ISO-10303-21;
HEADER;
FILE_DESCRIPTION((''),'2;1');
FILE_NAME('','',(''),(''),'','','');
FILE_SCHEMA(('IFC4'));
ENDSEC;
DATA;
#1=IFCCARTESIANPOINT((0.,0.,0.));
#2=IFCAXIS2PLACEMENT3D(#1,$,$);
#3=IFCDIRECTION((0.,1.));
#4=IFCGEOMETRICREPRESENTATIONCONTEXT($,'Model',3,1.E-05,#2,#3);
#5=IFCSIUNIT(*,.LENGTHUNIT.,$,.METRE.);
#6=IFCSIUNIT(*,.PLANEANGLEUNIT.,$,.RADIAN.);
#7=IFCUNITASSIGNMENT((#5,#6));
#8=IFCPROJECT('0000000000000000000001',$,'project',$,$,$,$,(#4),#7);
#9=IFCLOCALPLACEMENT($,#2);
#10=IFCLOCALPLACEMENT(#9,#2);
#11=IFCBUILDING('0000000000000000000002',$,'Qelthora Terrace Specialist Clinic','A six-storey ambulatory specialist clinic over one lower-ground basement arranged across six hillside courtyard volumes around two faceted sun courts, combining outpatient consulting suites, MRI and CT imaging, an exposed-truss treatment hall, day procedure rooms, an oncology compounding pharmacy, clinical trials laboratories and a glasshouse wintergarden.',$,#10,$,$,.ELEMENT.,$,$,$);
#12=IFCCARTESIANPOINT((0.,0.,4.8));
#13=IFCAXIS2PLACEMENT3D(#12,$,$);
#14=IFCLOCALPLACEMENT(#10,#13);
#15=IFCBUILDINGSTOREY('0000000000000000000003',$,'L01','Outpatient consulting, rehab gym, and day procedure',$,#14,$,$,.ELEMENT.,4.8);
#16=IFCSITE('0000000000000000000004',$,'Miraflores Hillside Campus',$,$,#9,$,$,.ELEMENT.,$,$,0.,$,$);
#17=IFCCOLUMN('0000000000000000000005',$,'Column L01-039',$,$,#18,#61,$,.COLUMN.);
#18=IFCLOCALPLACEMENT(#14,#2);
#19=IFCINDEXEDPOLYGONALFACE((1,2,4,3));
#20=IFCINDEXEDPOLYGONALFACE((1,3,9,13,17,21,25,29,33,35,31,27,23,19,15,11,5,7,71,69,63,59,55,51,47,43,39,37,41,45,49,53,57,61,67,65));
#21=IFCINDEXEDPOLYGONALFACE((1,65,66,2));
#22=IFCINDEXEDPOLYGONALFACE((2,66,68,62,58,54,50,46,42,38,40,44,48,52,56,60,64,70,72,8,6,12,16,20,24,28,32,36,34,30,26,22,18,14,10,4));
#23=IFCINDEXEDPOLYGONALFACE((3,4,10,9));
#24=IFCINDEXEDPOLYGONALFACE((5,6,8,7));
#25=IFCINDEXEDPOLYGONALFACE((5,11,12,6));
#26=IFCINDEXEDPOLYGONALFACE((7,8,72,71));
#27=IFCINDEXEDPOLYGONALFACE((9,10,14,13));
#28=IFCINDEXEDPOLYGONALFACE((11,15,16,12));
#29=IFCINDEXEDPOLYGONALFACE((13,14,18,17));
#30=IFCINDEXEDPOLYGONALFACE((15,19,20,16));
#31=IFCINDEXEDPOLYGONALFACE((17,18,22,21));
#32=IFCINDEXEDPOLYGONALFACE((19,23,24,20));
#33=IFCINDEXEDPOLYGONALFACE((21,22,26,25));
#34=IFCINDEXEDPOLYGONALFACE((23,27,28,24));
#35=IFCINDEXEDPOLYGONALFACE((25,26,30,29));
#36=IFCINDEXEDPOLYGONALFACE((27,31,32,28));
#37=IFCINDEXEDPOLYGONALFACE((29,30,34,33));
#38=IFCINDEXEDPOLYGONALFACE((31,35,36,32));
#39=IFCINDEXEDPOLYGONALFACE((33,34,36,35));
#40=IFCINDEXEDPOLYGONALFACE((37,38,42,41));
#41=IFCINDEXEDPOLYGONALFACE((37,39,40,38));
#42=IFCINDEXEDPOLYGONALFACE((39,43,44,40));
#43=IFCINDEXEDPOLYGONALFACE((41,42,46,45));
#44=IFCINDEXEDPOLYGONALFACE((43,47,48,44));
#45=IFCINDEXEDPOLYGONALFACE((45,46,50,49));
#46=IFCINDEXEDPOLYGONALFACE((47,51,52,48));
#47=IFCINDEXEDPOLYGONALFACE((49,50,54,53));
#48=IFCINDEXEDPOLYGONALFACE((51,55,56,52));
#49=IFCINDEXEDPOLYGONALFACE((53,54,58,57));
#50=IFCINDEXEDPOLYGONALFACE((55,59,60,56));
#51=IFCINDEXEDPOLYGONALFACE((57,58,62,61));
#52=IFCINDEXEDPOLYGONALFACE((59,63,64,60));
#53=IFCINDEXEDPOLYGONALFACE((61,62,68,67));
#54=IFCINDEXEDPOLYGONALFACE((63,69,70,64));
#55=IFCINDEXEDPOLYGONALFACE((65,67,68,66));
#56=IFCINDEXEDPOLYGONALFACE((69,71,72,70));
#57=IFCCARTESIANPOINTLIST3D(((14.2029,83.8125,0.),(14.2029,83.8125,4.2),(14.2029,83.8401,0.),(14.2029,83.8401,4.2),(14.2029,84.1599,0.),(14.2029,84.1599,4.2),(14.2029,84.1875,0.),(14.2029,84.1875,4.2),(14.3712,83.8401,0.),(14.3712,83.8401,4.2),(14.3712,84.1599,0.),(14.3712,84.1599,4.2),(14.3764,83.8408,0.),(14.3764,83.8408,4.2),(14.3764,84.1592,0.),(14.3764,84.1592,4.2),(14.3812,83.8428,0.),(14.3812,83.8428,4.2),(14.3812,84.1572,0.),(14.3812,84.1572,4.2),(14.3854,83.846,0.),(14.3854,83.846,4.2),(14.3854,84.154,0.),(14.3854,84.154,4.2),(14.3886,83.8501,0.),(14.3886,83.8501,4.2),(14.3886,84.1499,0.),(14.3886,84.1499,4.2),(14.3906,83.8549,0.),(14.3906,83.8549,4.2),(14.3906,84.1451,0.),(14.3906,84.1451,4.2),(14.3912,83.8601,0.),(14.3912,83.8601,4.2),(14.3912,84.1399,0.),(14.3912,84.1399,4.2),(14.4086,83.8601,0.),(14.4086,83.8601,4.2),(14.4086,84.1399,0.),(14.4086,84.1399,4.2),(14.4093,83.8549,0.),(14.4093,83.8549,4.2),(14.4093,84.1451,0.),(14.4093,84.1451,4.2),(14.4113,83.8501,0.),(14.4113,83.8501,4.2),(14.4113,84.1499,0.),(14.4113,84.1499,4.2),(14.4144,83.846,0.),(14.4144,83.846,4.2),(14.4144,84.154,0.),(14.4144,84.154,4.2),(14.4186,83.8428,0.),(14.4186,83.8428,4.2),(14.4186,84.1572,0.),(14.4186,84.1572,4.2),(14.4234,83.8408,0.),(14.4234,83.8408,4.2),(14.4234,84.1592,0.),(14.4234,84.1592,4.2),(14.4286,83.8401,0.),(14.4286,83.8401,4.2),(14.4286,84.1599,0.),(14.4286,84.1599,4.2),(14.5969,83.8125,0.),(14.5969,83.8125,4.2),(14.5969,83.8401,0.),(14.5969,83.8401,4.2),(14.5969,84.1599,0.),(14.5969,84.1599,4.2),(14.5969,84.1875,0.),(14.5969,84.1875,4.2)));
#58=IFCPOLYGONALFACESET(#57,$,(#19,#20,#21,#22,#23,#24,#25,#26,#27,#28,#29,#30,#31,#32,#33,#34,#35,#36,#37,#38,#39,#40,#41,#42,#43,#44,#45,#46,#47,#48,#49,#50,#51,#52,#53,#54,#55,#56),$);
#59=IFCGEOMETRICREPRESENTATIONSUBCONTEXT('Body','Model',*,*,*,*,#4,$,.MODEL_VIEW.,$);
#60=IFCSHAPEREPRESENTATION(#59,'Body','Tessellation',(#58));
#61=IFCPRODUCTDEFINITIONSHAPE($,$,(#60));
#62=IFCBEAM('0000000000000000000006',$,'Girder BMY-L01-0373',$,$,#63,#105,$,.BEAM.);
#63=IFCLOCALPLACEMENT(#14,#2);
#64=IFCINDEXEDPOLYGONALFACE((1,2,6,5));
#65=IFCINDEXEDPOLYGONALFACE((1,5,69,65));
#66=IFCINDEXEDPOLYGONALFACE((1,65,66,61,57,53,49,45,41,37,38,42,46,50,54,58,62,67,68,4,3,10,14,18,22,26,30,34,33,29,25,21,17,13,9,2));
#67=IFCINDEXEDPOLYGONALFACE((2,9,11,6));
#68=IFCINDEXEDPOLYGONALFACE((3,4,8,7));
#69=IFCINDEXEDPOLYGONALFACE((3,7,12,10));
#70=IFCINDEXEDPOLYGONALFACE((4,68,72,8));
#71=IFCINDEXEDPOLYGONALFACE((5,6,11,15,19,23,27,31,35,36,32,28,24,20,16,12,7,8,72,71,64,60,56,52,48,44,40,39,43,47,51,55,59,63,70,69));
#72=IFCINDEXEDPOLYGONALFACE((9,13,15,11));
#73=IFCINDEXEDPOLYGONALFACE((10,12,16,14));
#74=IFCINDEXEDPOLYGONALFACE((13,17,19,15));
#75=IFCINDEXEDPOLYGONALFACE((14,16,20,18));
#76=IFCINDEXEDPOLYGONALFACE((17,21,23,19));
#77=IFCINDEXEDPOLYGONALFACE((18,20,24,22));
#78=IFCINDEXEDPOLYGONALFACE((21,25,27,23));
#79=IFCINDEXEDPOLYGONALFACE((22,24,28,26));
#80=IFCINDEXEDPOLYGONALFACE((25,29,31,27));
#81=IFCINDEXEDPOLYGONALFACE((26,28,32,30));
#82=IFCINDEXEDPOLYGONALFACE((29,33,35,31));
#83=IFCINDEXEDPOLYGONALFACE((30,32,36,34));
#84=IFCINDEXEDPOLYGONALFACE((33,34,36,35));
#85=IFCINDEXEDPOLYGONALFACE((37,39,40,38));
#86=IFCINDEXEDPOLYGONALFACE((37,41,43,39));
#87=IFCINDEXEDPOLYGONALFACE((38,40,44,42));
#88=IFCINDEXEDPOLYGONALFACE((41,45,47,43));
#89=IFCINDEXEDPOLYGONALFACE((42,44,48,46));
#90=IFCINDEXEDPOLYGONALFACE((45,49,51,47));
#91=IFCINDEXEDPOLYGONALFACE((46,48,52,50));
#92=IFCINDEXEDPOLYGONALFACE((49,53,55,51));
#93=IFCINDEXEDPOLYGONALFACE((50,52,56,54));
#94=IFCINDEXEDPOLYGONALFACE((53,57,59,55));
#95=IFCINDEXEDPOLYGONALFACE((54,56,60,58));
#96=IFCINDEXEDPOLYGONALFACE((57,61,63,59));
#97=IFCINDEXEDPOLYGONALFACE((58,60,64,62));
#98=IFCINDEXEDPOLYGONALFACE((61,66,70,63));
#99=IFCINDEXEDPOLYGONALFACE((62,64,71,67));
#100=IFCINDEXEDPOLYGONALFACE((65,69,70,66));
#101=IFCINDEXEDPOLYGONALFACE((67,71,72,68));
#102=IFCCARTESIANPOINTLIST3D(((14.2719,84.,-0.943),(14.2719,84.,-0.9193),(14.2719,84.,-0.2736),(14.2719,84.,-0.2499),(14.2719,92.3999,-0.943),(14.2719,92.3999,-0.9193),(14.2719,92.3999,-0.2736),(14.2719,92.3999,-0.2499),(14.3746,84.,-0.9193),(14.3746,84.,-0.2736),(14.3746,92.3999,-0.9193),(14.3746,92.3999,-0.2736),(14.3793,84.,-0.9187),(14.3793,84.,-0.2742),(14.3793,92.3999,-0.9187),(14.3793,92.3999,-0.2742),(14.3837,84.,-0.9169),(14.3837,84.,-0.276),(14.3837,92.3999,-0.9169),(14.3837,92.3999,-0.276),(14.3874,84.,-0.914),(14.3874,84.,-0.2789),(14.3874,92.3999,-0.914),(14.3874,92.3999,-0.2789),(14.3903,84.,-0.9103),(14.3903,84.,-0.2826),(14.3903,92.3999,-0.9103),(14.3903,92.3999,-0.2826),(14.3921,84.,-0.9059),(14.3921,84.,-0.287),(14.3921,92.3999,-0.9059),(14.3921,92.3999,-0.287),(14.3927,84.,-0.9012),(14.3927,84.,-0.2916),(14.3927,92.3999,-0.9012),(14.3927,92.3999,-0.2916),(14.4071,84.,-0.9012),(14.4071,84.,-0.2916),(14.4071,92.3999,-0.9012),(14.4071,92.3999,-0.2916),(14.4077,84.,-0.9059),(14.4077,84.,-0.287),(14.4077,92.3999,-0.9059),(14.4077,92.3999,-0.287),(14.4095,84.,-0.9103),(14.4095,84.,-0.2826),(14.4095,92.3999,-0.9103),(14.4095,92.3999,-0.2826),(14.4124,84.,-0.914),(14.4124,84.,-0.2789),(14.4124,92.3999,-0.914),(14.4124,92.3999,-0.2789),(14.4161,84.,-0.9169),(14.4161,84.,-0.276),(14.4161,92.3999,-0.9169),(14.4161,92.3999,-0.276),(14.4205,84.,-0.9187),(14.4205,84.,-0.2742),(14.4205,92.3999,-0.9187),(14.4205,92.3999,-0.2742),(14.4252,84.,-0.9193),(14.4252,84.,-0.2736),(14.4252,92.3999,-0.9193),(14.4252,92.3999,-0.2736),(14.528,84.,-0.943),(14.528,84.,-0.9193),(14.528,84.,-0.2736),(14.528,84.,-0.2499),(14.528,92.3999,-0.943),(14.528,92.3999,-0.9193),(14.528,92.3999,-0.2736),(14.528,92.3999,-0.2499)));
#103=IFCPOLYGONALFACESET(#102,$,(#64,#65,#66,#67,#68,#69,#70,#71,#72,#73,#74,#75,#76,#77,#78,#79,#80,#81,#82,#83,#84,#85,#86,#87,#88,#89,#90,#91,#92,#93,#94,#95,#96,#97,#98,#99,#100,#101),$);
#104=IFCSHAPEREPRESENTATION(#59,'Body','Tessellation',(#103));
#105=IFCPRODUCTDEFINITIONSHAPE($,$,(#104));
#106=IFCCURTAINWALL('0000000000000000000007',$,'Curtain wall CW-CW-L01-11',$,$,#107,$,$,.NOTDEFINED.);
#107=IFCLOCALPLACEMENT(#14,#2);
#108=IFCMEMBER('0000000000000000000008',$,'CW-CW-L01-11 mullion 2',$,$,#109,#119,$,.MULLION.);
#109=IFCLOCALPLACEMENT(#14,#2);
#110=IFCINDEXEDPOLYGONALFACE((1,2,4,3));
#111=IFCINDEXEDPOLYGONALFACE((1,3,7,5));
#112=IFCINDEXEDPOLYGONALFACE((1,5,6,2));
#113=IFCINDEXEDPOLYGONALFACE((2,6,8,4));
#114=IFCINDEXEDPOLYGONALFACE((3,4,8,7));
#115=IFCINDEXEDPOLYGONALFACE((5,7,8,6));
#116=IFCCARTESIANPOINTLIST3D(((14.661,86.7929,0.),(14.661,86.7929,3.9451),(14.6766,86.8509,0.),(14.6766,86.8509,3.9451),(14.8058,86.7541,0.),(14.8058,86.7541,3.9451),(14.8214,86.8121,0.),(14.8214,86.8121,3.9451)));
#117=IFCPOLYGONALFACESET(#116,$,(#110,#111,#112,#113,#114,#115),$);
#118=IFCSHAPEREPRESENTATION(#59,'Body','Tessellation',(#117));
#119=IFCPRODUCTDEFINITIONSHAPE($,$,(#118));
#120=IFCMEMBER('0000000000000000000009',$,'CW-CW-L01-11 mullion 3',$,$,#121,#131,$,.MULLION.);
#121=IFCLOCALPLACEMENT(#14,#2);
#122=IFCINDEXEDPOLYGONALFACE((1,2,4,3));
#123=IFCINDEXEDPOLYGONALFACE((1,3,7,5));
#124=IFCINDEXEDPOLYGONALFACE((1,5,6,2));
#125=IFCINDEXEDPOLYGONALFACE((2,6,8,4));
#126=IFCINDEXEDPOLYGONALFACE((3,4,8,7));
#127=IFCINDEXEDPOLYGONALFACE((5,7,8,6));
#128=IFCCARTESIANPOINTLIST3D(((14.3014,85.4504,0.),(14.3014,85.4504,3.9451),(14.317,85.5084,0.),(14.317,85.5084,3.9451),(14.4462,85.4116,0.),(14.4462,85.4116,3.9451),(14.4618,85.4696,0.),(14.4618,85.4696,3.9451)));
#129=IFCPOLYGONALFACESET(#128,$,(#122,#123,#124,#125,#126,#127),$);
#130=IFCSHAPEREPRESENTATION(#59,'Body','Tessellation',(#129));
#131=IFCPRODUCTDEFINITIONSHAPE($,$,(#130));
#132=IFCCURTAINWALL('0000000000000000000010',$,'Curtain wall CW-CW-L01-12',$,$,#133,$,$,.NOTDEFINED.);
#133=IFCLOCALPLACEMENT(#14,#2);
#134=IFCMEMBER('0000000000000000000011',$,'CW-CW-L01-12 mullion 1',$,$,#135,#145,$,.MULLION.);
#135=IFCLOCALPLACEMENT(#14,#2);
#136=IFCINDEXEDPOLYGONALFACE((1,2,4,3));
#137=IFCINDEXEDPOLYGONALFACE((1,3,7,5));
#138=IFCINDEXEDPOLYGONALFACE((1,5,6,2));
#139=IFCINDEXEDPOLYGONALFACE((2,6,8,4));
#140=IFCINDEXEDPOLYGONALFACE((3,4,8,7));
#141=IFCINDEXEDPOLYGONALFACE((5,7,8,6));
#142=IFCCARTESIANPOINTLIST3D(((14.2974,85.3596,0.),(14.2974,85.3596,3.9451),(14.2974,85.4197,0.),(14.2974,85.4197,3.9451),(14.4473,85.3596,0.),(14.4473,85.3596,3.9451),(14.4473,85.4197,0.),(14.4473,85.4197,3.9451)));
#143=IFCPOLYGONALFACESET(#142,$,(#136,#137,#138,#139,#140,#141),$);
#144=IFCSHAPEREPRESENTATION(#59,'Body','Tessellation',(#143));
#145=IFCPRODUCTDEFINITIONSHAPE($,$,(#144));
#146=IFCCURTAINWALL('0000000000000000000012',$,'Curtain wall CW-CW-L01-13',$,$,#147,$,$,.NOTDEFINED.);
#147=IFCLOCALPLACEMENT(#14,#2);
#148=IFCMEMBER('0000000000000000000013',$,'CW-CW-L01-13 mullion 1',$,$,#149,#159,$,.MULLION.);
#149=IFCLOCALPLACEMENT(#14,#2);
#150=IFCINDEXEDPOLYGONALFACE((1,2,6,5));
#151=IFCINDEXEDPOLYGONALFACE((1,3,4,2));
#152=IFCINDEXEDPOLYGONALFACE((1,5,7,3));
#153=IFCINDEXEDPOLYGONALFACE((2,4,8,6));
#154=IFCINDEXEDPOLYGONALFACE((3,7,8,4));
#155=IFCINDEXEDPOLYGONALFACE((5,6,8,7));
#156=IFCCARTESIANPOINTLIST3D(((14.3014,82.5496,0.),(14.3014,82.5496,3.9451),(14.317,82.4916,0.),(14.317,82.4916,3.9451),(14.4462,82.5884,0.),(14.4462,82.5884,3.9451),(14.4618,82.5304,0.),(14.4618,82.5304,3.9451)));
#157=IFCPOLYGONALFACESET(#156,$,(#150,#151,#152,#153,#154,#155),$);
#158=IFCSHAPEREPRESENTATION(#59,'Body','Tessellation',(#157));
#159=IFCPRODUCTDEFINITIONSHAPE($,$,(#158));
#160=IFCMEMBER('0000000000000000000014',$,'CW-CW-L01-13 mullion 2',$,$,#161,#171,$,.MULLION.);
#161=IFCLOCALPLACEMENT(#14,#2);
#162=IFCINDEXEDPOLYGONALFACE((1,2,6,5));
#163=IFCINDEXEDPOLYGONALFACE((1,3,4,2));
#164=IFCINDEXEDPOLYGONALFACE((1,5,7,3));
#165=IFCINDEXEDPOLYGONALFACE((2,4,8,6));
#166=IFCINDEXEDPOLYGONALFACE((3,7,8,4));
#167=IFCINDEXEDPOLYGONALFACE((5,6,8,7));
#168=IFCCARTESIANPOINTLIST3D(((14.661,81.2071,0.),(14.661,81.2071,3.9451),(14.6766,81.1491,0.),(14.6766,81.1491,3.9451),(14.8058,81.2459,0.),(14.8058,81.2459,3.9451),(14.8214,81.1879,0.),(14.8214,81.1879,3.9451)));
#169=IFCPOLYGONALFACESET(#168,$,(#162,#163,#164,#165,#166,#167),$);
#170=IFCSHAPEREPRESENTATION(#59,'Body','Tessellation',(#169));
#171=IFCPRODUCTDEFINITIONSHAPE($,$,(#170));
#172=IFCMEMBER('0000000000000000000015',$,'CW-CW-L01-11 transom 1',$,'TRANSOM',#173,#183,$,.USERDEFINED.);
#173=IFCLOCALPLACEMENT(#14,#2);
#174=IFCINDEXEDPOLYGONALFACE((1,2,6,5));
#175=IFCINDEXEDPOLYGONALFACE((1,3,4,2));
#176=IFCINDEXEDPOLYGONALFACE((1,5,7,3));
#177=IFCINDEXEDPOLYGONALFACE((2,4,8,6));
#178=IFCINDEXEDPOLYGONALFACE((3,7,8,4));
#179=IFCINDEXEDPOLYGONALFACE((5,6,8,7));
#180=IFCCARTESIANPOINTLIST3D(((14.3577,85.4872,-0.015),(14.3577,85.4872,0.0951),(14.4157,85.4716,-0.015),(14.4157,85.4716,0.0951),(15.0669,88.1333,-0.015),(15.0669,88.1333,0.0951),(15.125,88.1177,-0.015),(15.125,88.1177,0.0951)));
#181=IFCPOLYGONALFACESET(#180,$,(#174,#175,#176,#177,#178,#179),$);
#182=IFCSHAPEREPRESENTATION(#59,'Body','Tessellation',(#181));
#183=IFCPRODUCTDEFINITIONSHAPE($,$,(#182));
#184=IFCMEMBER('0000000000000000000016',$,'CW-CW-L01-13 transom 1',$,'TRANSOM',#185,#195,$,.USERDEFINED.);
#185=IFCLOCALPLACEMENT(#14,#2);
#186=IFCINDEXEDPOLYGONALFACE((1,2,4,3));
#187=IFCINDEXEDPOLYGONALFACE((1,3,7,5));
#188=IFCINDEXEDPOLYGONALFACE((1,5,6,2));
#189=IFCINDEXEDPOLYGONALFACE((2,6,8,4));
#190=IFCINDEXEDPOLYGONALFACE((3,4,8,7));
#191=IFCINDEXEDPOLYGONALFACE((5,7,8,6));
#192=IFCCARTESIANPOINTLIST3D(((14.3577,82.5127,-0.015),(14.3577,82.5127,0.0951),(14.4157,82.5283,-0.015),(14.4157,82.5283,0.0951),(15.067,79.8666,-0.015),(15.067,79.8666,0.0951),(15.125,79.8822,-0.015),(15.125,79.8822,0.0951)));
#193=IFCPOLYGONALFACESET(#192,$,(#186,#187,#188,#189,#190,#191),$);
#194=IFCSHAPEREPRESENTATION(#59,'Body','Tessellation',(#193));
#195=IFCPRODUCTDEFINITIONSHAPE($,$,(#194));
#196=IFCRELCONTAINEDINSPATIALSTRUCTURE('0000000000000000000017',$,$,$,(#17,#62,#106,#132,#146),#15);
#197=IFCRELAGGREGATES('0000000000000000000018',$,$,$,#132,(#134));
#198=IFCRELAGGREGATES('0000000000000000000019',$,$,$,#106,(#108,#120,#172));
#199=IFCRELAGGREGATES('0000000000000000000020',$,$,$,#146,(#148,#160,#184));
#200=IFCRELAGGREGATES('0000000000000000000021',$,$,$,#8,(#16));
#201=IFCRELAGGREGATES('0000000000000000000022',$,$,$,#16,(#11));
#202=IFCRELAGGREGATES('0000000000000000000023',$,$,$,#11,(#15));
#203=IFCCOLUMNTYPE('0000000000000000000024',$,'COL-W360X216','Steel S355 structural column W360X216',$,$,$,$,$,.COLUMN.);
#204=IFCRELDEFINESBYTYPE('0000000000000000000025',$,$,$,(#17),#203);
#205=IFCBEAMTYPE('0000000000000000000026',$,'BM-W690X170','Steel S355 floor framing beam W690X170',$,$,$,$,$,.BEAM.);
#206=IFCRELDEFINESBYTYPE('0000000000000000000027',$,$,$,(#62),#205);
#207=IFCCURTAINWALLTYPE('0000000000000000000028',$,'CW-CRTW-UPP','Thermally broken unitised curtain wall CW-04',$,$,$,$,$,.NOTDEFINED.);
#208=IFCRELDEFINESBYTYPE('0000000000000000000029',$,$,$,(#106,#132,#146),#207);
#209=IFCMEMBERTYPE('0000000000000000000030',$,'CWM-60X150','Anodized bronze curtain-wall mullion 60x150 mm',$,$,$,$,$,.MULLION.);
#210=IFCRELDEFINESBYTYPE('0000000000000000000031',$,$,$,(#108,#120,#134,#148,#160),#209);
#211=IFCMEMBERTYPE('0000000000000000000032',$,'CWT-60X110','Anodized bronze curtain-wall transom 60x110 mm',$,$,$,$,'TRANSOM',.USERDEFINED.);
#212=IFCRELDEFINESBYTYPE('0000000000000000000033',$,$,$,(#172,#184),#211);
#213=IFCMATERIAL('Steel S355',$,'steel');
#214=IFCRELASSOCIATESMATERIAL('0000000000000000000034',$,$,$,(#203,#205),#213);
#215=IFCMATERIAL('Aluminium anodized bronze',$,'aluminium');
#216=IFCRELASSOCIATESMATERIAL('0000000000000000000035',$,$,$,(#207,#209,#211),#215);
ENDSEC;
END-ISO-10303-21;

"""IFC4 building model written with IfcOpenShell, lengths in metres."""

from ifc_helpers import new_model, si_unit, direction, frame, origin, origin_2d, place, context, subcontext, project, spatial, rectangle, i_section, extrude, material, material_profile, profile_set, type_object, element, aggregate, save


model = new_model("IFC4")

# Units and contexts
model_context = context("Model", 3, precision=1e-05, world=origin(), true_north=direction((0.0, 1.0)))
body_context = subcontext(model_context, "Body", "Model", "MODEL_VIEW")
ifc_project = project(units=[si_unit("LENGTHUNIT", "METRE"), si_unit("PLANEANGLEUNIT", "RADIAN")], contexts=[model_context])

# Site, building, storey
site_placement = place(None, origin())
site = spatial("IfcSite", under=ifc_project, at=site_placement, Name="Miraflores Hillside Campus", CompositionType="ELEMENT", RefElevation=0.0)
building_placement = place(site_placement, origin())
building = spatial("IfcBuilding", under=site, at=building_placement, Name="Qelthora Terrace Specialist Clinic", Description="A six-storey ambulatory specialist clinic over one lower-ground basement arranged across six hillside courtyard volumes around two faceted sun courts, combining outpatient consulting suites, MRI and CT imaging, an exposed-truss treatment hall, day procedure rooms, an oncology compounding pharmacy, clinical trials laboratories and a glasshouse wintergarden.", CompositionType="ELEMENT")
storey_placement = place(building_placement, frame((0.0, 0.0, 4.8)))
storey = spatial("IfcBuildingStorey", under=building, at=storey_placement, Name="L01", Description="Outpatient consulting, rehab gym, and day procedure", CompositionType="ELEMENT", Elevation=4.8)

# Column
ifc_material_1 = material(Name="Steel S355", Category="steel")
ifc_material_profile_1 = material_profile(ifc_material_1, i_section(OverallWidth=0.394, OverallDepth=0.375, WebThickness=0.0173, FlangeThickness=0.0276, FilletRadius=0.02, at=origin_2d()), Name="W360X216")
ifc_profile_set_1 = profile_set([ifc_material_profile_1], Name="Steel S355")
column_type = type_object("IfcColumnType", Name="COL-W360X216", Description="Steel S355 structural column W360X216", PredefinedType="COLUMN", material=ifc_profile_set_1)
column_placement = place(storey_placement, frame((14.3999, 84.0, 0.0), z_axis=(0.0, 0.0, 1.0), x_axis=(1.0, 0.0, 0.0)))
element("IfcColumn", 1, at=column_placement, inside=storey, type_object=column_type, Name="Column L01-039", PredefinedType="COLUMN", context=body_context, shape_type="SweptSolid", body=[
    extrude(i_section(OverallWidth=0.394, OverallDepth=0.375, WebThickness=0.0173, FlangeThickness=0.0276, FilletRadius=0.02, at=origin_2d()), origin(), (0.0, 0.0, 1.0), 4.2),
])

# Beam
ifc_material_profile_2 = material_profile(ifc_material_1, i_section(OverallWidth=0.2561, OverallDepth=0.6931, WebThickness=0.0144, FlangeThickness=0.0237, FilletRadius=0.0181, at=origin_2d()), Name="W690X170")
ifc_profile_set_2 = profile_set([ifc_material_profile_2], Name="Steel S355")
beam_type = type_object("IfcBeamType", Name="BM-W690X170", Description="Steel S355 floor framing beam W690X170", PredefinedType="BEAM", material=ifc_profile_set_2)
beam_placement = place(storey_placement, frame((14.3999, 84.0, -0.5964), z_axis=(0.0, 1.0, 0.0), x_axis=(-1.0, 0.0, 0.0)))
element("IfcBeam", 2, at=beam_placement, inside=storey, type_object=beam_type, Name="Girder BMY-L01-0373", PredefinedType="BEAM", context=body_context, shape_type="SweptSolid", body=[
    extrude(i_section(OverallWidth=0.2561, OverallDepth=0.6931, WebThickness=0.0144, FlangeThickness=0.0237, FilletRadius=0.0181, at=origin_2d()), origin(), (0.0, 0.0, 1.0), 8.3999),
])

# Curtain wall, members
ifc_material_2 = material(Name="Aluminium anodized bronze", Category="aluminium")
curtain_wall_type = type_object("IfcCurtainWallType", Name="CW-CRTW-UPP", Description="Thermally broken unitised curtain wall CW-04", PredefinedType="NOTDEFINED", material=ifc_material_2)
curtain_wall_1_placement = place(storey_placement, origin())
curtain_wall_1 = element("IfcCurtainWall", 3, at=curtain_wall_1_placement, inside=storey, type_object=curtain_wall_type, Name="Curtain wall CW-CW-L01-11", PredefinedType="NOTDEFINED")
ifc_material_profile_3 = material_profile(ifc_material_2, rectangle(XDim=0.0601, YDim=0.1499, at=origin_2d()), Name="CWM60X150")
ifc_profile_set_3 = profile_set([ifc_material_profile_3], Name="Aluminium anodized bronze")
member_type_1 = type_object("IfcMemberType", Name="CWM-60X150", Description="Anodized bronze curtain-wall mullion 60x150 mm", PredefinedType="MULLION", material=ifc_profile_set_3)
member_1_placement = place(storey_placement, frame((14.7412, 86.8025, 0.0), z_axis=(0.0, 0.0, 1.0), x_axis=(-0.25882, -0.965925, 0.0)))
member_1 = element("IfcMember", 4, at=member_1_placement, type_object=member_type_1, Name="CW-CW-L01-11 mullion 2", PredefinedType="MULLION", context=body_context, shape_type="SweptSolid", body=[
    extrude(rectangle(XDim=0.0601, YDim=0.1499, at=origin_2d()), origin(), (0.0, 0.0, 1.0), 3.9451),
])
member_2_placement = place(storey_placement, frame((14.3816, 85.46, 0.0), z_axis=(0.0, 0.0, 1.0), x_axis=(-0.25882, -0.965925, 0.0)))
member_2 = element("IfcMember", 5, at=member_2_placement, type_object=member_type_1, Name="CW-CW-L01-11 mullion 3", PredefinedType="MULLION", context=body_context, shape_type="SweptSolid", body=[
    extrude(rectangle(XDim=0.0601, YDim=0.1499, at=origin_2d()), origin(), (0.0, 0.0, 1.0), 3.9451),
])

# Curtain wall, member
curtain_wall_2_placement = place(storey_placement, origin())
curtain_wall_2 = element("IfcCurtainWall", 6, at=curtain_wall_2_placement, inside=storey, type_object=curtain_wall_type, Name="Curtain wall CW-CW-L01-12", PredefinedType="NOTDEFINED")
member_3_placement = place(storey_placement, frame((14.3723, 85.3896, 0.0), z_axis=(0.0, 0.0, 1.0), x_axis=(0.0, -1.0, 0.0)))
member_3 = element("IfcMember", 7, at=member_3_placement, type_object=member_type_1, Name="CW-CW-L01-12 mullion 1", PredefinedType="MULLION", context=body_context, shape_type="SweptSolid", body=[
    extrude(rectangle(XDim=0.0601, YDim=0.1499, at=origin_2d()), origin(), (0.0, 0.0, 1.0), 3.9451),
])
aggregate(curtain_wall_2, [member_3])

# Curtain wall, members
curtain_wall_3_placement = place(storey_placement, origin())
curtain_wall_3 = element("IfcCurtainWall", 8, at=curtain_wall_3_placement, inside=storey, type_object=curtain_wall_type, Name="Curtain wall CW-CW-L01-13", PredefinedType="NOTDEFINED")
member_4_placement = place(storey_placement, frame((14.3816, 82.54, 0.0), z_axis=(0.0, 0.0, 1.0), x_axis=(0.25882, -0.965925, 0.0)))
member_4 = element("IfcMember", 9, at=member_4_placement, type_object=member_type_1, Name="CW-CW-L01-13 mullion 1", PredefinedType="MULLION", context=body_context, shape_type="SweptSolid", body=[
    extrude(rectangle(XDim=0.0601, YDim=0.1499, at=origin_2d()), origin(), (0.0, 0.0, 1.0), 3.9451),
])
member_5_placement = place(storey_placement, frame((14.7412, 81.1975, 0.0), z_axis=(0.0, 0.0, 1.0), x_axis=(0.25882, -0.965925, 0.0)))
member_5 = element("IfcMember", 10, at=member_5_placement, type_object=member_type_1, Name="CW-CW-L01-13 mullion 2", PredefinedType="MULLION", context=body_context, shape_type="SweptSolid", body=[
    extrude(rectangle(XDim=0.0601, YDim=0.1499, at=origin_2d()), origin(), (0.0, 0.0, 1.0), 3.9451),
])

# Members
ifc_material_profile_4 = material_profile(ifc_material_2, rectangle(XDim=0.0601, YDim=0.1101, at=origin_2d()), Name="CWT60X110")
ifc_profile_set_4 = profile_set([ifc_material_profile_4], Name="Aluminium anodized bronze")
member_type_2 = type_object("IfcMemberType", Name="CWT-60X110", Description="Anodized bronze curtain-wall transom 60x110 mm", ElementType="TRANSOM", PredefinedType="USERDEFINED", material=ifc_profile_set_4)
member_6_placement = place(storey_placement, frame((15.0959, 88.1255, 0.04), z_axis=(-0.258899, -0.965904, 0.0), x_axis=(0.965904, -0.258899, 0.0)))
member_6 = element("IfcMember", 11, at=member_6_placement, type_object=member_type_2, Name="CW-CW-L01-11 transom 1", ObjectType="TRANSOM", PredefinedType="USERDEFINED", context=body_context, shape_type="SweptSolid", body=[
    extrude(rectangle(XDim=0.0601, YDim=0.1101, at=origin_2d()), origin(), (0.0, 0.0, 1.0), 2.7395),
])
member_7_placement = place(storey_placement, frame((14.3867, 82.5205, 0.04), z_axis=(0.258899, -0.965904, 0.0), x_axis=(0.965904, 0.258899, 0.0)))
member_7 = element("IfcMember", 12, at=member_7_placement, type_object=member_type_2, Name="CW-CW-L01-13 transom 1", ObjectType="TRANSOM", PredefinedType="USERDEFINED", context=body_context, shape_type="SweptSolid", body=[
    extrude(rectangle(XDim=0.0601, YDim=0.1101, at=origin_2d()), origin(), (0.0, 0.0, 1.0), 2.7395),
])

aggregate(curtain_wall_1, [member_1, member_2, member_6])
aggregate(curtain_wall_3, [member_4, member_5, member_7])

save(model, "model.ifc")
